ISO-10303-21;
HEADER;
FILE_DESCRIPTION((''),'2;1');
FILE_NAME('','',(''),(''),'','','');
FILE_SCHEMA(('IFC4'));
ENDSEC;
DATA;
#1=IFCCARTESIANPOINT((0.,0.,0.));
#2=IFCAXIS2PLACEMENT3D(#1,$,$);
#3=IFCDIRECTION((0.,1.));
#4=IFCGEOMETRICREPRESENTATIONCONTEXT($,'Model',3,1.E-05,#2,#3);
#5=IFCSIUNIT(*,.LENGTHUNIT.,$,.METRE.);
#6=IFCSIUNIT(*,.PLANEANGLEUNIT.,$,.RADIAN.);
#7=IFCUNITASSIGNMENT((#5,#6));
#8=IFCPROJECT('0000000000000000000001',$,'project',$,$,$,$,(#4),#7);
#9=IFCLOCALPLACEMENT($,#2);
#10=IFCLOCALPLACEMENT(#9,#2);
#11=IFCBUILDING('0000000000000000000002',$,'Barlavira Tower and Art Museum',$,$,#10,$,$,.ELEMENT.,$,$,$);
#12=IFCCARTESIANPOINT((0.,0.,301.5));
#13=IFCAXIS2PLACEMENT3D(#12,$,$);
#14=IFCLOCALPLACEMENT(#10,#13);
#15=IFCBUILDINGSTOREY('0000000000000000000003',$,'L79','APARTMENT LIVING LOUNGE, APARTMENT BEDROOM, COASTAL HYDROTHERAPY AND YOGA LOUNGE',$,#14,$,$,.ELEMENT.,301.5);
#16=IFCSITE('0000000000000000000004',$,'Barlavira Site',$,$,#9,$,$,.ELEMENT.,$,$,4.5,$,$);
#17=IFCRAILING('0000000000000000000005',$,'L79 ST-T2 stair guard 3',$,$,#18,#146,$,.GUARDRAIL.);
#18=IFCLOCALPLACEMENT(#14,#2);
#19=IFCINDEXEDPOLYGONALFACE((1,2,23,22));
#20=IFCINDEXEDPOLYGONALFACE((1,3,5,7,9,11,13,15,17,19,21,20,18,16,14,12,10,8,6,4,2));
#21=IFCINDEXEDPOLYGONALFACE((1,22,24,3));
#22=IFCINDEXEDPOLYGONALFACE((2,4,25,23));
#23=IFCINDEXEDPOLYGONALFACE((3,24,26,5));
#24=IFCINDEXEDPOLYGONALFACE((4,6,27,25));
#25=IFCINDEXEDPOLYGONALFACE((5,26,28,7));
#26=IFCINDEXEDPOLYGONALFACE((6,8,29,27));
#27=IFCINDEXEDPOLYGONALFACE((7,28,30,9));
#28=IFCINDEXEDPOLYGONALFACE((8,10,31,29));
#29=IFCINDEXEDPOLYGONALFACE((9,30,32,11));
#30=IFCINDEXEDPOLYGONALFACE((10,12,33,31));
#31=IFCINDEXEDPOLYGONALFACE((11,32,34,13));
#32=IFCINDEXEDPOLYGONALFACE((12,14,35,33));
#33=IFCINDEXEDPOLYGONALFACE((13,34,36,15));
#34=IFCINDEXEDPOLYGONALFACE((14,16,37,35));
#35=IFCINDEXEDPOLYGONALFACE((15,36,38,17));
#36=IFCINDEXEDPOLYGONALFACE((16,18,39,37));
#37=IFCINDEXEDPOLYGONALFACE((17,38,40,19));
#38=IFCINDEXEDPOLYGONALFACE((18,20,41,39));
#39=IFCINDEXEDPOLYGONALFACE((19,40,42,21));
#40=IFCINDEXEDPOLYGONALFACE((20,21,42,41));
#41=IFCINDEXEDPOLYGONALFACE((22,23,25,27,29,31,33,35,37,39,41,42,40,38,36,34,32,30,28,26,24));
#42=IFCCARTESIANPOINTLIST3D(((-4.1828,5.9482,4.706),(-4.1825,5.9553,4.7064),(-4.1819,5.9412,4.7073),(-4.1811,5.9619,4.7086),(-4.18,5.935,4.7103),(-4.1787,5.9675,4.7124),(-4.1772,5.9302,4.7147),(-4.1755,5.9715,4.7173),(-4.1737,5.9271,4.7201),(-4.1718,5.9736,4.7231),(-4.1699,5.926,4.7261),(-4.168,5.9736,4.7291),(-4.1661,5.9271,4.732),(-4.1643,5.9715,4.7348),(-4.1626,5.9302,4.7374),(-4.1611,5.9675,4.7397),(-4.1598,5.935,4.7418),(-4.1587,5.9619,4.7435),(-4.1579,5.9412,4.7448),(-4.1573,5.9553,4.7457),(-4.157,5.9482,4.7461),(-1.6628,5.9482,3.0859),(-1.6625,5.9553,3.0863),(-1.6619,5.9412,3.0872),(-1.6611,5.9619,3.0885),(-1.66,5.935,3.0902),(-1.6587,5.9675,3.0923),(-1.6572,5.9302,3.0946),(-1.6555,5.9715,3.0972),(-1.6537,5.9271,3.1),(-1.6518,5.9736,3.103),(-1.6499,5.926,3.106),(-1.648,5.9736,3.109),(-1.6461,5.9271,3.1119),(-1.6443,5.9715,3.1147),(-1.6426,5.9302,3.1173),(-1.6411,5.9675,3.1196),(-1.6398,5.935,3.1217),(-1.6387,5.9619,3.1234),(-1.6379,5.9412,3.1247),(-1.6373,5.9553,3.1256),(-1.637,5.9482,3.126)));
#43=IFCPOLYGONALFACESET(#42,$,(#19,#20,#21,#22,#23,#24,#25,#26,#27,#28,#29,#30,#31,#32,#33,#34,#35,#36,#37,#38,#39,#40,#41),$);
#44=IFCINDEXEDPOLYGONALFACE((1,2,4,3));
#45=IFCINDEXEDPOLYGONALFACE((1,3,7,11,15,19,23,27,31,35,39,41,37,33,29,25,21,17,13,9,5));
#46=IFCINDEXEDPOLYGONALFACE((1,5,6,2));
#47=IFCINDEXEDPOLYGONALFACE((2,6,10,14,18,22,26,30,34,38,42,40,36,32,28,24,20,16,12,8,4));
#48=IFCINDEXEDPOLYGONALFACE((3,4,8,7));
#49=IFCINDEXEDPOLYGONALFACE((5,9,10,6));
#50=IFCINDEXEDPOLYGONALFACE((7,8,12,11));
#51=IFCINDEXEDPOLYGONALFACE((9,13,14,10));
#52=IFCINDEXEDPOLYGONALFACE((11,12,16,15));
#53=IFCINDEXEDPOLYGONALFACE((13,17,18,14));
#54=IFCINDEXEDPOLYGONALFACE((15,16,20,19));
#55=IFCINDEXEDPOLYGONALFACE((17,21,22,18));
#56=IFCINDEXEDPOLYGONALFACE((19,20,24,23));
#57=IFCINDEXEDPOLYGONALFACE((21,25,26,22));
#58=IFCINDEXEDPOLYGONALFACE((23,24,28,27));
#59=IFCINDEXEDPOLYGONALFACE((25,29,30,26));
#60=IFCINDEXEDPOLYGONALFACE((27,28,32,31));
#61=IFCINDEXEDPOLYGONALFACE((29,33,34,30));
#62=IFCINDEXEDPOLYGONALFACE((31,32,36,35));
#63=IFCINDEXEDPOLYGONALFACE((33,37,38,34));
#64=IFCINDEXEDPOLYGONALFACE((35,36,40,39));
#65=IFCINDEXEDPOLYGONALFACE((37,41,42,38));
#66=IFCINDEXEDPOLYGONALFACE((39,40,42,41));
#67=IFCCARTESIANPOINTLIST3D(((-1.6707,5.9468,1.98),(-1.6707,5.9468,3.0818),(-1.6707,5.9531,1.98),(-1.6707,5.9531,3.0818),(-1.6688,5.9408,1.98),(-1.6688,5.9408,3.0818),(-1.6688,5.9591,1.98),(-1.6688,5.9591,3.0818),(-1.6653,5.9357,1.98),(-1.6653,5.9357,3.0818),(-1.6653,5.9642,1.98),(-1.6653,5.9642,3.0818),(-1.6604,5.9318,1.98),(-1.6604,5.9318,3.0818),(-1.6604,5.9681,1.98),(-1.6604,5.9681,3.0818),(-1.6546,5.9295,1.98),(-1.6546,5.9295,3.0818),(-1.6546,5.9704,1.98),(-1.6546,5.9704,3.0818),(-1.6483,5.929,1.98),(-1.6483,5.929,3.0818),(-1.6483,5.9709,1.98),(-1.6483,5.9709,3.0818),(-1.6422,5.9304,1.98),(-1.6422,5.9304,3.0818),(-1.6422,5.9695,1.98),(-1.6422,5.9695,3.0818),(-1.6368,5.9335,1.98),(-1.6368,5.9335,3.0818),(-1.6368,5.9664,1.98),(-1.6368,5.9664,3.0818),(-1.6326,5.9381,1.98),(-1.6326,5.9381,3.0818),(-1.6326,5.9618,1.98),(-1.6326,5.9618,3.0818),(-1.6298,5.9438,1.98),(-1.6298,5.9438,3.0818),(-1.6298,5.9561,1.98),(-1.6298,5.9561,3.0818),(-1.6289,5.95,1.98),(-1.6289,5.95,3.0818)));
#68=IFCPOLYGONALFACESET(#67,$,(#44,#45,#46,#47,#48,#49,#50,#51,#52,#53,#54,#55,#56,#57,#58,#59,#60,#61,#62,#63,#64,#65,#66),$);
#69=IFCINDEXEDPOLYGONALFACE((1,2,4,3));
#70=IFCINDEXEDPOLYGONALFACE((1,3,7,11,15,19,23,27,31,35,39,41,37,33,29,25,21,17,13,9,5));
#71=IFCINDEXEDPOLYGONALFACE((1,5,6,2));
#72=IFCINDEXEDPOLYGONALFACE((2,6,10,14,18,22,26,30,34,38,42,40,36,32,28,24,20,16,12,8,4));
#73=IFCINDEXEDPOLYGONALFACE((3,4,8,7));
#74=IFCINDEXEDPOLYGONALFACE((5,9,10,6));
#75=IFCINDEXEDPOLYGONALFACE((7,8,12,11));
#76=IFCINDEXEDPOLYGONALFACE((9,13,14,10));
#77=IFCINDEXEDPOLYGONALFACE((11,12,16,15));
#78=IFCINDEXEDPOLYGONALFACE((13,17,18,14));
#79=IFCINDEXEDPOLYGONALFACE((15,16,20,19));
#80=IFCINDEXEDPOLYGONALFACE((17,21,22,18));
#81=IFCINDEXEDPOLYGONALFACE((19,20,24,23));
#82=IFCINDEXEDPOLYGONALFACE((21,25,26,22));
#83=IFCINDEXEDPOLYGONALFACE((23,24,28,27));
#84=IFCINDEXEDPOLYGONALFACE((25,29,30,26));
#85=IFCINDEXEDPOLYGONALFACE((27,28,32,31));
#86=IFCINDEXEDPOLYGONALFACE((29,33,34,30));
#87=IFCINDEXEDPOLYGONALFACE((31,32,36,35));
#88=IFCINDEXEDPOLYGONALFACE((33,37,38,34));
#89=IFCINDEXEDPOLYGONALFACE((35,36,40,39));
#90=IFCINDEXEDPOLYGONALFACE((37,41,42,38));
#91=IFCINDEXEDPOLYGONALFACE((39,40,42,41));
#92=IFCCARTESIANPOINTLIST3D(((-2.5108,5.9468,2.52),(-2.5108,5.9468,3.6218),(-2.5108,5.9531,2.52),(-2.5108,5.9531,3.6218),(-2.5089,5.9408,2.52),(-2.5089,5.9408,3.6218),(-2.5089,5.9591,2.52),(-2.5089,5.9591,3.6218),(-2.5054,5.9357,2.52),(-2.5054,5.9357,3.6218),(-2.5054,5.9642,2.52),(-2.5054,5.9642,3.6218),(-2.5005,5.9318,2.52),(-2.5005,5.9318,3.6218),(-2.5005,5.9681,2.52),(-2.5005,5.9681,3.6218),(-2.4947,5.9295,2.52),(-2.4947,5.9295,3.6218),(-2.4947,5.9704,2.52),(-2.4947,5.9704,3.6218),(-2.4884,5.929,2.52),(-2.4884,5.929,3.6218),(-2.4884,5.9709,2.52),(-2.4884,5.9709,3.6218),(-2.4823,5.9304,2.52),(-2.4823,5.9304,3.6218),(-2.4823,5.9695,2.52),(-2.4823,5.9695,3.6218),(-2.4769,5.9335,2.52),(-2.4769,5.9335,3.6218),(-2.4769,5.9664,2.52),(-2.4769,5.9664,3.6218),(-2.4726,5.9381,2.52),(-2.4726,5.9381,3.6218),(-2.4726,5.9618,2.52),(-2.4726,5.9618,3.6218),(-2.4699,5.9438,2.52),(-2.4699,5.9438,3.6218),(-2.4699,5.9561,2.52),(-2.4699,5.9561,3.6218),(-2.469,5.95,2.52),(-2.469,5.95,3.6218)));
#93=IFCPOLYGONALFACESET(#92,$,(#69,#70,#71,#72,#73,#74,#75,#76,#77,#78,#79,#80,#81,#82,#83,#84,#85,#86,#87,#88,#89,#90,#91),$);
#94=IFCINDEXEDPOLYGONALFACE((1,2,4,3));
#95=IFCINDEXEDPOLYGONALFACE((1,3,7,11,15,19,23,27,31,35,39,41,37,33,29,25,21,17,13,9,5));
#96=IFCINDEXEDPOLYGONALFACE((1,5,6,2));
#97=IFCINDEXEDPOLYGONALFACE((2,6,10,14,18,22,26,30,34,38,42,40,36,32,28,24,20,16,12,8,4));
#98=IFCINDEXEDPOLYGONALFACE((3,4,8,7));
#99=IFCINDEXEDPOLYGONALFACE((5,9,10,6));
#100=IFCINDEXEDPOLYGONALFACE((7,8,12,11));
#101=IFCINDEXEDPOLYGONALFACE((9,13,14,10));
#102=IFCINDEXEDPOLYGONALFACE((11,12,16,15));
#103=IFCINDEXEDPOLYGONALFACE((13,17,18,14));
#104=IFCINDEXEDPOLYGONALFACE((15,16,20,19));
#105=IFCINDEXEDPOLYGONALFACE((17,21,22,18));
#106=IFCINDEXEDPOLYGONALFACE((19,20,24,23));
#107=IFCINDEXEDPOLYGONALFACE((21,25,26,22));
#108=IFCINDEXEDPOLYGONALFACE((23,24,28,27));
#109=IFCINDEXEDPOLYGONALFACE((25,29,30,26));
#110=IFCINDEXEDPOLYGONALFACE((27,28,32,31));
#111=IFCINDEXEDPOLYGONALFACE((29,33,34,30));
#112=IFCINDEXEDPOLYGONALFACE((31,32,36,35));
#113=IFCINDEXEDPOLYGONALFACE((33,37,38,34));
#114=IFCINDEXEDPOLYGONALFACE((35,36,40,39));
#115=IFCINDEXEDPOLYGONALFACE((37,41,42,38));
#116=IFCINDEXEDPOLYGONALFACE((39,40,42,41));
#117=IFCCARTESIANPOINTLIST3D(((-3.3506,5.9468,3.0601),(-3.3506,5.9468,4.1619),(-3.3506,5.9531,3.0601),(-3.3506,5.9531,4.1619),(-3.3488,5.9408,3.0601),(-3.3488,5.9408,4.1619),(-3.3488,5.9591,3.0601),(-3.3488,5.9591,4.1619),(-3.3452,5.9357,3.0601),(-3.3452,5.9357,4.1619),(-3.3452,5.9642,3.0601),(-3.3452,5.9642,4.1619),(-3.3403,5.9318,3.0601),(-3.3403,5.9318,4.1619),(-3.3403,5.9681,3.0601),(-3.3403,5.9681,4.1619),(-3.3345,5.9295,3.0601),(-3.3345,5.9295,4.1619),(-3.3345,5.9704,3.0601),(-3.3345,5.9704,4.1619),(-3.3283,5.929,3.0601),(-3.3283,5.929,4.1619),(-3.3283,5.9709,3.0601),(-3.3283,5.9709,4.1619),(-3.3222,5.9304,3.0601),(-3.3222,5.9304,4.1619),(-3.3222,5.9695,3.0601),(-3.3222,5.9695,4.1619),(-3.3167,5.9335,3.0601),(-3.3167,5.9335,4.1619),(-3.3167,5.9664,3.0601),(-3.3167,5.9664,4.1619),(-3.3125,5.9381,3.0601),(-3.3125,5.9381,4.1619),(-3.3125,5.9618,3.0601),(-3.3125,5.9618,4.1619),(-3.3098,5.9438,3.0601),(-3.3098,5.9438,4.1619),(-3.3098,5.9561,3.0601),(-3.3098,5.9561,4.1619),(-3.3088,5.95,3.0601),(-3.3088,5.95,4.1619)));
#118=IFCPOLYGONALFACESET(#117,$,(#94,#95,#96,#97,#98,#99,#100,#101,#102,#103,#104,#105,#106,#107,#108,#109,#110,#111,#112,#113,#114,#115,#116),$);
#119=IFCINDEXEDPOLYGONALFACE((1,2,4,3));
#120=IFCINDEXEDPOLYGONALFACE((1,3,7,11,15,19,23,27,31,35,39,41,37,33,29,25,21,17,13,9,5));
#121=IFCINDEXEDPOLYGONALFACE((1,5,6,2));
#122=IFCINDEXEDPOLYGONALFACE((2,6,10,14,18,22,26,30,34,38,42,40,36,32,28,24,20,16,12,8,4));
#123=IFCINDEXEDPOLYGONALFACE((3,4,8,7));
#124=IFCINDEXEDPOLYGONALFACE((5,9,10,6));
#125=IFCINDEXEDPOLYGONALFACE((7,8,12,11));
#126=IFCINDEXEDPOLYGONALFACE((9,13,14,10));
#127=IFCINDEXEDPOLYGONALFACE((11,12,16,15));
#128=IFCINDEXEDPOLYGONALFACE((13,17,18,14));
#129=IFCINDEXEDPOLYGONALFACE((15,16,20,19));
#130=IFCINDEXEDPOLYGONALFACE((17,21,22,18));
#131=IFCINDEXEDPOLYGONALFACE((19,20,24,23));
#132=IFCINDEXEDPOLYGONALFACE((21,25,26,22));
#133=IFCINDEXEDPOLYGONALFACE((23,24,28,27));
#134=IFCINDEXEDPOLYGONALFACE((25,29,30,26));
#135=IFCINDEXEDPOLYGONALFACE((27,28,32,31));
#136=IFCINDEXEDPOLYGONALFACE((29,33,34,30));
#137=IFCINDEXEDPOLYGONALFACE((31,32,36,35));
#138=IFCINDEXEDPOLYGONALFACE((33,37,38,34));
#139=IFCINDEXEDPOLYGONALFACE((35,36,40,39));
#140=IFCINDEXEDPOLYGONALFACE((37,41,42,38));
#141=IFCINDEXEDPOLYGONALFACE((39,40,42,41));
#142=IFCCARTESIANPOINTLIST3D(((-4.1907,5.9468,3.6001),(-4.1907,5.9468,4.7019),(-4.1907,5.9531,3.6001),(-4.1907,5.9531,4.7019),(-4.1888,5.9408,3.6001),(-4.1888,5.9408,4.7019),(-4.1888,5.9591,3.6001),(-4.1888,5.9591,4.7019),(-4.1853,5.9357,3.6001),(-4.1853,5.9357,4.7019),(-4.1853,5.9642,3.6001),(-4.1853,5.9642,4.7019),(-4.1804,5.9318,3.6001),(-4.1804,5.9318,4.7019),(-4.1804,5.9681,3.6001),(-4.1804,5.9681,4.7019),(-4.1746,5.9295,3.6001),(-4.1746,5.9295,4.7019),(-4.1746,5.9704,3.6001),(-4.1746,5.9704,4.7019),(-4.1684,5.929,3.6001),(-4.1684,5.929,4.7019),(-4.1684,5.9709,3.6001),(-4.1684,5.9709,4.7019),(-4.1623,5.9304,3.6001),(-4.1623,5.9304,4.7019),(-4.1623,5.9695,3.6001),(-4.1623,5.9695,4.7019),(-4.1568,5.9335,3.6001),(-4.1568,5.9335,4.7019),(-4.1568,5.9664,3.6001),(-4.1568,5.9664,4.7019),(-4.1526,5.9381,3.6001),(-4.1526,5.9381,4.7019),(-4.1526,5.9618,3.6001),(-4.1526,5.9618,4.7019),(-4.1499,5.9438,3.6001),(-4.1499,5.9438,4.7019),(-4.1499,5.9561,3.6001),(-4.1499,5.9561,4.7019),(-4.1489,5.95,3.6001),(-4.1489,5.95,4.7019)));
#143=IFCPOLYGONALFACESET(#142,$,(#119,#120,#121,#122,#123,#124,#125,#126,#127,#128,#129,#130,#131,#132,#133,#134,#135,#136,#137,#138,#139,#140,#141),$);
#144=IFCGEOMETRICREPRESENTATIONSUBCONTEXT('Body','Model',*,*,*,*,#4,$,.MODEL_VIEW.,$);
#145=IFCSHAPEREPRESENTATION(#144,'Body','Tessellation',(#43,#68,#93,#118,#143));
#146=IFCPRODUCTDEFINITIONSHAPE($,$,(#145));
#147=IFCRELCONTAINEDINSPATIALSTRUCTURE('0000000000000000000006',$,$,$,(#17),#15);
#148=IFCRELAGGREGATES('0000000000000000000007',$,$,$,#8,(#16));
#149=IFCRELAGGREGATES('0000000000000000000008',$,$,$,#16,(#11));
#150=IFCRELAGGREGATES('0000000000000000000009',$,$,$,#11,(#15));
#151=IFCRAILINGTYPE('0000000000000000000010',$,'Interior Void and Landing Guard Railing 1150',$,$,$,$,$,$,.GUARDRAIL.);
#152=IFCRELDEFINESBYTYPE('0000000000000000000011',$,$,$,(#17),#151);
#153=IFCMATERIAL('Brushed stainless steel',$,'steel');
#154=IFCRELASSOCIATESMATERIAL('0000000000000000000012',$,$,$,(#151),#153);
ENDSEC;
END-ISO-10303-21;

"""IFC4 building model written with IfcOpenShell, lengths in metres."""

from ifc_helpers import new_model, si_unit, direction, frame, origin, origin_2d, place, context, subcontext, project, spatial, circle, extrude, material, type_object, element, save


model = new_model("IFC4")

# Units and contexts
model_context = context("Model", 3, precision=1e-05, world=origin(), true_north=direction((0.0, 1.0)))
body_context = subcontext(model_context, "Body", "Model", "MODEL_VIEW")
ifc_project = project(units=[si_unit("LENGTHUNIT", "METRE"), si_unit("PLANEANGLEUNIT", "RADIAN")], contexts=[model_context])

# Site, building, storey
site_placement = place(None, origin())
site = spatial("IfcSite", under=ifc_project, at=site_placement, Name="Barlavira Site", CompositionType="ELEMENT", RefElevation=4.5)
building_placement = place(site_placement, origin())
building = spatial("IfcBuilding", under=site, at=building_placement, Name="Barlavira Tower and Art Museum", CompositionType="ELEMENT")
storey_placement = place(building_placement, frame((0.0, 0.0, 301.5)))
storey = spatial("IfcBuildingStorey", under=building, at=storey_placement, Name="L79", Description="APARTMENT LIVING LOUNGE, APARTMENT BEDROOM, COASTAL HYDROTHERAPY AND YOGA LOUNGE", CompositionType="ELEMENT", Elevation=301.5)

# Shared definitions
ifc_material_1 = material(Name="Brushed stainless steel", Category="steel")

# Railing
railing_type_1 = type_object("IfcRailingType", Name="Interior Void and Landing Guard Railing 1150", PredefinedType="GUARDRAIL", material=ifc_material_1)
railing_1_placement = place(storey_placement, frame((-1.6499, 5.95, 1.98)))
element("IfcRailing", 1, at=railing_1_placement, inside=storey, type_object=railing_type_1, Name="L79 ST-T2 stair guard 3", PredefinedType="GUARDRAIL", context=body_context, shape_type="SweptSolid", body=[
    extrude(circle(Radius=0.0239, at=origin_2d()), frame((0.0, 0.0, 1.126), z_axis=(-0.841163, 0.0, 0.540782), x_axis=(0.0, -1.0, 0.0)), (0.0, 0.0, 1.0), 2.9958),
    extrude(circle(Radius=0.021, at=origin_2d()), origin(), (0.0, 0.0, 1.0), 1.1018),
    extrude(circle(Radius=0.021, at=origin_2d()), frame((-0.8401, 0.0, 0.54)), (0.0, 0.0, 1.0), 1.1018),
    extrude(circle(Radius=0.021, at=origin_2d()), frame((-1.6799, 0.0, 1.0801)), (0.0, 0.0, 1.0), 1.1018),
    extrude(circle(Radius=0.021, at=origin_2d()), frame((-2.52, 0.0, 1.6201)), (0.0, 0.0, 1.0), 1.1018),
])

save(model, "model.ifc")
